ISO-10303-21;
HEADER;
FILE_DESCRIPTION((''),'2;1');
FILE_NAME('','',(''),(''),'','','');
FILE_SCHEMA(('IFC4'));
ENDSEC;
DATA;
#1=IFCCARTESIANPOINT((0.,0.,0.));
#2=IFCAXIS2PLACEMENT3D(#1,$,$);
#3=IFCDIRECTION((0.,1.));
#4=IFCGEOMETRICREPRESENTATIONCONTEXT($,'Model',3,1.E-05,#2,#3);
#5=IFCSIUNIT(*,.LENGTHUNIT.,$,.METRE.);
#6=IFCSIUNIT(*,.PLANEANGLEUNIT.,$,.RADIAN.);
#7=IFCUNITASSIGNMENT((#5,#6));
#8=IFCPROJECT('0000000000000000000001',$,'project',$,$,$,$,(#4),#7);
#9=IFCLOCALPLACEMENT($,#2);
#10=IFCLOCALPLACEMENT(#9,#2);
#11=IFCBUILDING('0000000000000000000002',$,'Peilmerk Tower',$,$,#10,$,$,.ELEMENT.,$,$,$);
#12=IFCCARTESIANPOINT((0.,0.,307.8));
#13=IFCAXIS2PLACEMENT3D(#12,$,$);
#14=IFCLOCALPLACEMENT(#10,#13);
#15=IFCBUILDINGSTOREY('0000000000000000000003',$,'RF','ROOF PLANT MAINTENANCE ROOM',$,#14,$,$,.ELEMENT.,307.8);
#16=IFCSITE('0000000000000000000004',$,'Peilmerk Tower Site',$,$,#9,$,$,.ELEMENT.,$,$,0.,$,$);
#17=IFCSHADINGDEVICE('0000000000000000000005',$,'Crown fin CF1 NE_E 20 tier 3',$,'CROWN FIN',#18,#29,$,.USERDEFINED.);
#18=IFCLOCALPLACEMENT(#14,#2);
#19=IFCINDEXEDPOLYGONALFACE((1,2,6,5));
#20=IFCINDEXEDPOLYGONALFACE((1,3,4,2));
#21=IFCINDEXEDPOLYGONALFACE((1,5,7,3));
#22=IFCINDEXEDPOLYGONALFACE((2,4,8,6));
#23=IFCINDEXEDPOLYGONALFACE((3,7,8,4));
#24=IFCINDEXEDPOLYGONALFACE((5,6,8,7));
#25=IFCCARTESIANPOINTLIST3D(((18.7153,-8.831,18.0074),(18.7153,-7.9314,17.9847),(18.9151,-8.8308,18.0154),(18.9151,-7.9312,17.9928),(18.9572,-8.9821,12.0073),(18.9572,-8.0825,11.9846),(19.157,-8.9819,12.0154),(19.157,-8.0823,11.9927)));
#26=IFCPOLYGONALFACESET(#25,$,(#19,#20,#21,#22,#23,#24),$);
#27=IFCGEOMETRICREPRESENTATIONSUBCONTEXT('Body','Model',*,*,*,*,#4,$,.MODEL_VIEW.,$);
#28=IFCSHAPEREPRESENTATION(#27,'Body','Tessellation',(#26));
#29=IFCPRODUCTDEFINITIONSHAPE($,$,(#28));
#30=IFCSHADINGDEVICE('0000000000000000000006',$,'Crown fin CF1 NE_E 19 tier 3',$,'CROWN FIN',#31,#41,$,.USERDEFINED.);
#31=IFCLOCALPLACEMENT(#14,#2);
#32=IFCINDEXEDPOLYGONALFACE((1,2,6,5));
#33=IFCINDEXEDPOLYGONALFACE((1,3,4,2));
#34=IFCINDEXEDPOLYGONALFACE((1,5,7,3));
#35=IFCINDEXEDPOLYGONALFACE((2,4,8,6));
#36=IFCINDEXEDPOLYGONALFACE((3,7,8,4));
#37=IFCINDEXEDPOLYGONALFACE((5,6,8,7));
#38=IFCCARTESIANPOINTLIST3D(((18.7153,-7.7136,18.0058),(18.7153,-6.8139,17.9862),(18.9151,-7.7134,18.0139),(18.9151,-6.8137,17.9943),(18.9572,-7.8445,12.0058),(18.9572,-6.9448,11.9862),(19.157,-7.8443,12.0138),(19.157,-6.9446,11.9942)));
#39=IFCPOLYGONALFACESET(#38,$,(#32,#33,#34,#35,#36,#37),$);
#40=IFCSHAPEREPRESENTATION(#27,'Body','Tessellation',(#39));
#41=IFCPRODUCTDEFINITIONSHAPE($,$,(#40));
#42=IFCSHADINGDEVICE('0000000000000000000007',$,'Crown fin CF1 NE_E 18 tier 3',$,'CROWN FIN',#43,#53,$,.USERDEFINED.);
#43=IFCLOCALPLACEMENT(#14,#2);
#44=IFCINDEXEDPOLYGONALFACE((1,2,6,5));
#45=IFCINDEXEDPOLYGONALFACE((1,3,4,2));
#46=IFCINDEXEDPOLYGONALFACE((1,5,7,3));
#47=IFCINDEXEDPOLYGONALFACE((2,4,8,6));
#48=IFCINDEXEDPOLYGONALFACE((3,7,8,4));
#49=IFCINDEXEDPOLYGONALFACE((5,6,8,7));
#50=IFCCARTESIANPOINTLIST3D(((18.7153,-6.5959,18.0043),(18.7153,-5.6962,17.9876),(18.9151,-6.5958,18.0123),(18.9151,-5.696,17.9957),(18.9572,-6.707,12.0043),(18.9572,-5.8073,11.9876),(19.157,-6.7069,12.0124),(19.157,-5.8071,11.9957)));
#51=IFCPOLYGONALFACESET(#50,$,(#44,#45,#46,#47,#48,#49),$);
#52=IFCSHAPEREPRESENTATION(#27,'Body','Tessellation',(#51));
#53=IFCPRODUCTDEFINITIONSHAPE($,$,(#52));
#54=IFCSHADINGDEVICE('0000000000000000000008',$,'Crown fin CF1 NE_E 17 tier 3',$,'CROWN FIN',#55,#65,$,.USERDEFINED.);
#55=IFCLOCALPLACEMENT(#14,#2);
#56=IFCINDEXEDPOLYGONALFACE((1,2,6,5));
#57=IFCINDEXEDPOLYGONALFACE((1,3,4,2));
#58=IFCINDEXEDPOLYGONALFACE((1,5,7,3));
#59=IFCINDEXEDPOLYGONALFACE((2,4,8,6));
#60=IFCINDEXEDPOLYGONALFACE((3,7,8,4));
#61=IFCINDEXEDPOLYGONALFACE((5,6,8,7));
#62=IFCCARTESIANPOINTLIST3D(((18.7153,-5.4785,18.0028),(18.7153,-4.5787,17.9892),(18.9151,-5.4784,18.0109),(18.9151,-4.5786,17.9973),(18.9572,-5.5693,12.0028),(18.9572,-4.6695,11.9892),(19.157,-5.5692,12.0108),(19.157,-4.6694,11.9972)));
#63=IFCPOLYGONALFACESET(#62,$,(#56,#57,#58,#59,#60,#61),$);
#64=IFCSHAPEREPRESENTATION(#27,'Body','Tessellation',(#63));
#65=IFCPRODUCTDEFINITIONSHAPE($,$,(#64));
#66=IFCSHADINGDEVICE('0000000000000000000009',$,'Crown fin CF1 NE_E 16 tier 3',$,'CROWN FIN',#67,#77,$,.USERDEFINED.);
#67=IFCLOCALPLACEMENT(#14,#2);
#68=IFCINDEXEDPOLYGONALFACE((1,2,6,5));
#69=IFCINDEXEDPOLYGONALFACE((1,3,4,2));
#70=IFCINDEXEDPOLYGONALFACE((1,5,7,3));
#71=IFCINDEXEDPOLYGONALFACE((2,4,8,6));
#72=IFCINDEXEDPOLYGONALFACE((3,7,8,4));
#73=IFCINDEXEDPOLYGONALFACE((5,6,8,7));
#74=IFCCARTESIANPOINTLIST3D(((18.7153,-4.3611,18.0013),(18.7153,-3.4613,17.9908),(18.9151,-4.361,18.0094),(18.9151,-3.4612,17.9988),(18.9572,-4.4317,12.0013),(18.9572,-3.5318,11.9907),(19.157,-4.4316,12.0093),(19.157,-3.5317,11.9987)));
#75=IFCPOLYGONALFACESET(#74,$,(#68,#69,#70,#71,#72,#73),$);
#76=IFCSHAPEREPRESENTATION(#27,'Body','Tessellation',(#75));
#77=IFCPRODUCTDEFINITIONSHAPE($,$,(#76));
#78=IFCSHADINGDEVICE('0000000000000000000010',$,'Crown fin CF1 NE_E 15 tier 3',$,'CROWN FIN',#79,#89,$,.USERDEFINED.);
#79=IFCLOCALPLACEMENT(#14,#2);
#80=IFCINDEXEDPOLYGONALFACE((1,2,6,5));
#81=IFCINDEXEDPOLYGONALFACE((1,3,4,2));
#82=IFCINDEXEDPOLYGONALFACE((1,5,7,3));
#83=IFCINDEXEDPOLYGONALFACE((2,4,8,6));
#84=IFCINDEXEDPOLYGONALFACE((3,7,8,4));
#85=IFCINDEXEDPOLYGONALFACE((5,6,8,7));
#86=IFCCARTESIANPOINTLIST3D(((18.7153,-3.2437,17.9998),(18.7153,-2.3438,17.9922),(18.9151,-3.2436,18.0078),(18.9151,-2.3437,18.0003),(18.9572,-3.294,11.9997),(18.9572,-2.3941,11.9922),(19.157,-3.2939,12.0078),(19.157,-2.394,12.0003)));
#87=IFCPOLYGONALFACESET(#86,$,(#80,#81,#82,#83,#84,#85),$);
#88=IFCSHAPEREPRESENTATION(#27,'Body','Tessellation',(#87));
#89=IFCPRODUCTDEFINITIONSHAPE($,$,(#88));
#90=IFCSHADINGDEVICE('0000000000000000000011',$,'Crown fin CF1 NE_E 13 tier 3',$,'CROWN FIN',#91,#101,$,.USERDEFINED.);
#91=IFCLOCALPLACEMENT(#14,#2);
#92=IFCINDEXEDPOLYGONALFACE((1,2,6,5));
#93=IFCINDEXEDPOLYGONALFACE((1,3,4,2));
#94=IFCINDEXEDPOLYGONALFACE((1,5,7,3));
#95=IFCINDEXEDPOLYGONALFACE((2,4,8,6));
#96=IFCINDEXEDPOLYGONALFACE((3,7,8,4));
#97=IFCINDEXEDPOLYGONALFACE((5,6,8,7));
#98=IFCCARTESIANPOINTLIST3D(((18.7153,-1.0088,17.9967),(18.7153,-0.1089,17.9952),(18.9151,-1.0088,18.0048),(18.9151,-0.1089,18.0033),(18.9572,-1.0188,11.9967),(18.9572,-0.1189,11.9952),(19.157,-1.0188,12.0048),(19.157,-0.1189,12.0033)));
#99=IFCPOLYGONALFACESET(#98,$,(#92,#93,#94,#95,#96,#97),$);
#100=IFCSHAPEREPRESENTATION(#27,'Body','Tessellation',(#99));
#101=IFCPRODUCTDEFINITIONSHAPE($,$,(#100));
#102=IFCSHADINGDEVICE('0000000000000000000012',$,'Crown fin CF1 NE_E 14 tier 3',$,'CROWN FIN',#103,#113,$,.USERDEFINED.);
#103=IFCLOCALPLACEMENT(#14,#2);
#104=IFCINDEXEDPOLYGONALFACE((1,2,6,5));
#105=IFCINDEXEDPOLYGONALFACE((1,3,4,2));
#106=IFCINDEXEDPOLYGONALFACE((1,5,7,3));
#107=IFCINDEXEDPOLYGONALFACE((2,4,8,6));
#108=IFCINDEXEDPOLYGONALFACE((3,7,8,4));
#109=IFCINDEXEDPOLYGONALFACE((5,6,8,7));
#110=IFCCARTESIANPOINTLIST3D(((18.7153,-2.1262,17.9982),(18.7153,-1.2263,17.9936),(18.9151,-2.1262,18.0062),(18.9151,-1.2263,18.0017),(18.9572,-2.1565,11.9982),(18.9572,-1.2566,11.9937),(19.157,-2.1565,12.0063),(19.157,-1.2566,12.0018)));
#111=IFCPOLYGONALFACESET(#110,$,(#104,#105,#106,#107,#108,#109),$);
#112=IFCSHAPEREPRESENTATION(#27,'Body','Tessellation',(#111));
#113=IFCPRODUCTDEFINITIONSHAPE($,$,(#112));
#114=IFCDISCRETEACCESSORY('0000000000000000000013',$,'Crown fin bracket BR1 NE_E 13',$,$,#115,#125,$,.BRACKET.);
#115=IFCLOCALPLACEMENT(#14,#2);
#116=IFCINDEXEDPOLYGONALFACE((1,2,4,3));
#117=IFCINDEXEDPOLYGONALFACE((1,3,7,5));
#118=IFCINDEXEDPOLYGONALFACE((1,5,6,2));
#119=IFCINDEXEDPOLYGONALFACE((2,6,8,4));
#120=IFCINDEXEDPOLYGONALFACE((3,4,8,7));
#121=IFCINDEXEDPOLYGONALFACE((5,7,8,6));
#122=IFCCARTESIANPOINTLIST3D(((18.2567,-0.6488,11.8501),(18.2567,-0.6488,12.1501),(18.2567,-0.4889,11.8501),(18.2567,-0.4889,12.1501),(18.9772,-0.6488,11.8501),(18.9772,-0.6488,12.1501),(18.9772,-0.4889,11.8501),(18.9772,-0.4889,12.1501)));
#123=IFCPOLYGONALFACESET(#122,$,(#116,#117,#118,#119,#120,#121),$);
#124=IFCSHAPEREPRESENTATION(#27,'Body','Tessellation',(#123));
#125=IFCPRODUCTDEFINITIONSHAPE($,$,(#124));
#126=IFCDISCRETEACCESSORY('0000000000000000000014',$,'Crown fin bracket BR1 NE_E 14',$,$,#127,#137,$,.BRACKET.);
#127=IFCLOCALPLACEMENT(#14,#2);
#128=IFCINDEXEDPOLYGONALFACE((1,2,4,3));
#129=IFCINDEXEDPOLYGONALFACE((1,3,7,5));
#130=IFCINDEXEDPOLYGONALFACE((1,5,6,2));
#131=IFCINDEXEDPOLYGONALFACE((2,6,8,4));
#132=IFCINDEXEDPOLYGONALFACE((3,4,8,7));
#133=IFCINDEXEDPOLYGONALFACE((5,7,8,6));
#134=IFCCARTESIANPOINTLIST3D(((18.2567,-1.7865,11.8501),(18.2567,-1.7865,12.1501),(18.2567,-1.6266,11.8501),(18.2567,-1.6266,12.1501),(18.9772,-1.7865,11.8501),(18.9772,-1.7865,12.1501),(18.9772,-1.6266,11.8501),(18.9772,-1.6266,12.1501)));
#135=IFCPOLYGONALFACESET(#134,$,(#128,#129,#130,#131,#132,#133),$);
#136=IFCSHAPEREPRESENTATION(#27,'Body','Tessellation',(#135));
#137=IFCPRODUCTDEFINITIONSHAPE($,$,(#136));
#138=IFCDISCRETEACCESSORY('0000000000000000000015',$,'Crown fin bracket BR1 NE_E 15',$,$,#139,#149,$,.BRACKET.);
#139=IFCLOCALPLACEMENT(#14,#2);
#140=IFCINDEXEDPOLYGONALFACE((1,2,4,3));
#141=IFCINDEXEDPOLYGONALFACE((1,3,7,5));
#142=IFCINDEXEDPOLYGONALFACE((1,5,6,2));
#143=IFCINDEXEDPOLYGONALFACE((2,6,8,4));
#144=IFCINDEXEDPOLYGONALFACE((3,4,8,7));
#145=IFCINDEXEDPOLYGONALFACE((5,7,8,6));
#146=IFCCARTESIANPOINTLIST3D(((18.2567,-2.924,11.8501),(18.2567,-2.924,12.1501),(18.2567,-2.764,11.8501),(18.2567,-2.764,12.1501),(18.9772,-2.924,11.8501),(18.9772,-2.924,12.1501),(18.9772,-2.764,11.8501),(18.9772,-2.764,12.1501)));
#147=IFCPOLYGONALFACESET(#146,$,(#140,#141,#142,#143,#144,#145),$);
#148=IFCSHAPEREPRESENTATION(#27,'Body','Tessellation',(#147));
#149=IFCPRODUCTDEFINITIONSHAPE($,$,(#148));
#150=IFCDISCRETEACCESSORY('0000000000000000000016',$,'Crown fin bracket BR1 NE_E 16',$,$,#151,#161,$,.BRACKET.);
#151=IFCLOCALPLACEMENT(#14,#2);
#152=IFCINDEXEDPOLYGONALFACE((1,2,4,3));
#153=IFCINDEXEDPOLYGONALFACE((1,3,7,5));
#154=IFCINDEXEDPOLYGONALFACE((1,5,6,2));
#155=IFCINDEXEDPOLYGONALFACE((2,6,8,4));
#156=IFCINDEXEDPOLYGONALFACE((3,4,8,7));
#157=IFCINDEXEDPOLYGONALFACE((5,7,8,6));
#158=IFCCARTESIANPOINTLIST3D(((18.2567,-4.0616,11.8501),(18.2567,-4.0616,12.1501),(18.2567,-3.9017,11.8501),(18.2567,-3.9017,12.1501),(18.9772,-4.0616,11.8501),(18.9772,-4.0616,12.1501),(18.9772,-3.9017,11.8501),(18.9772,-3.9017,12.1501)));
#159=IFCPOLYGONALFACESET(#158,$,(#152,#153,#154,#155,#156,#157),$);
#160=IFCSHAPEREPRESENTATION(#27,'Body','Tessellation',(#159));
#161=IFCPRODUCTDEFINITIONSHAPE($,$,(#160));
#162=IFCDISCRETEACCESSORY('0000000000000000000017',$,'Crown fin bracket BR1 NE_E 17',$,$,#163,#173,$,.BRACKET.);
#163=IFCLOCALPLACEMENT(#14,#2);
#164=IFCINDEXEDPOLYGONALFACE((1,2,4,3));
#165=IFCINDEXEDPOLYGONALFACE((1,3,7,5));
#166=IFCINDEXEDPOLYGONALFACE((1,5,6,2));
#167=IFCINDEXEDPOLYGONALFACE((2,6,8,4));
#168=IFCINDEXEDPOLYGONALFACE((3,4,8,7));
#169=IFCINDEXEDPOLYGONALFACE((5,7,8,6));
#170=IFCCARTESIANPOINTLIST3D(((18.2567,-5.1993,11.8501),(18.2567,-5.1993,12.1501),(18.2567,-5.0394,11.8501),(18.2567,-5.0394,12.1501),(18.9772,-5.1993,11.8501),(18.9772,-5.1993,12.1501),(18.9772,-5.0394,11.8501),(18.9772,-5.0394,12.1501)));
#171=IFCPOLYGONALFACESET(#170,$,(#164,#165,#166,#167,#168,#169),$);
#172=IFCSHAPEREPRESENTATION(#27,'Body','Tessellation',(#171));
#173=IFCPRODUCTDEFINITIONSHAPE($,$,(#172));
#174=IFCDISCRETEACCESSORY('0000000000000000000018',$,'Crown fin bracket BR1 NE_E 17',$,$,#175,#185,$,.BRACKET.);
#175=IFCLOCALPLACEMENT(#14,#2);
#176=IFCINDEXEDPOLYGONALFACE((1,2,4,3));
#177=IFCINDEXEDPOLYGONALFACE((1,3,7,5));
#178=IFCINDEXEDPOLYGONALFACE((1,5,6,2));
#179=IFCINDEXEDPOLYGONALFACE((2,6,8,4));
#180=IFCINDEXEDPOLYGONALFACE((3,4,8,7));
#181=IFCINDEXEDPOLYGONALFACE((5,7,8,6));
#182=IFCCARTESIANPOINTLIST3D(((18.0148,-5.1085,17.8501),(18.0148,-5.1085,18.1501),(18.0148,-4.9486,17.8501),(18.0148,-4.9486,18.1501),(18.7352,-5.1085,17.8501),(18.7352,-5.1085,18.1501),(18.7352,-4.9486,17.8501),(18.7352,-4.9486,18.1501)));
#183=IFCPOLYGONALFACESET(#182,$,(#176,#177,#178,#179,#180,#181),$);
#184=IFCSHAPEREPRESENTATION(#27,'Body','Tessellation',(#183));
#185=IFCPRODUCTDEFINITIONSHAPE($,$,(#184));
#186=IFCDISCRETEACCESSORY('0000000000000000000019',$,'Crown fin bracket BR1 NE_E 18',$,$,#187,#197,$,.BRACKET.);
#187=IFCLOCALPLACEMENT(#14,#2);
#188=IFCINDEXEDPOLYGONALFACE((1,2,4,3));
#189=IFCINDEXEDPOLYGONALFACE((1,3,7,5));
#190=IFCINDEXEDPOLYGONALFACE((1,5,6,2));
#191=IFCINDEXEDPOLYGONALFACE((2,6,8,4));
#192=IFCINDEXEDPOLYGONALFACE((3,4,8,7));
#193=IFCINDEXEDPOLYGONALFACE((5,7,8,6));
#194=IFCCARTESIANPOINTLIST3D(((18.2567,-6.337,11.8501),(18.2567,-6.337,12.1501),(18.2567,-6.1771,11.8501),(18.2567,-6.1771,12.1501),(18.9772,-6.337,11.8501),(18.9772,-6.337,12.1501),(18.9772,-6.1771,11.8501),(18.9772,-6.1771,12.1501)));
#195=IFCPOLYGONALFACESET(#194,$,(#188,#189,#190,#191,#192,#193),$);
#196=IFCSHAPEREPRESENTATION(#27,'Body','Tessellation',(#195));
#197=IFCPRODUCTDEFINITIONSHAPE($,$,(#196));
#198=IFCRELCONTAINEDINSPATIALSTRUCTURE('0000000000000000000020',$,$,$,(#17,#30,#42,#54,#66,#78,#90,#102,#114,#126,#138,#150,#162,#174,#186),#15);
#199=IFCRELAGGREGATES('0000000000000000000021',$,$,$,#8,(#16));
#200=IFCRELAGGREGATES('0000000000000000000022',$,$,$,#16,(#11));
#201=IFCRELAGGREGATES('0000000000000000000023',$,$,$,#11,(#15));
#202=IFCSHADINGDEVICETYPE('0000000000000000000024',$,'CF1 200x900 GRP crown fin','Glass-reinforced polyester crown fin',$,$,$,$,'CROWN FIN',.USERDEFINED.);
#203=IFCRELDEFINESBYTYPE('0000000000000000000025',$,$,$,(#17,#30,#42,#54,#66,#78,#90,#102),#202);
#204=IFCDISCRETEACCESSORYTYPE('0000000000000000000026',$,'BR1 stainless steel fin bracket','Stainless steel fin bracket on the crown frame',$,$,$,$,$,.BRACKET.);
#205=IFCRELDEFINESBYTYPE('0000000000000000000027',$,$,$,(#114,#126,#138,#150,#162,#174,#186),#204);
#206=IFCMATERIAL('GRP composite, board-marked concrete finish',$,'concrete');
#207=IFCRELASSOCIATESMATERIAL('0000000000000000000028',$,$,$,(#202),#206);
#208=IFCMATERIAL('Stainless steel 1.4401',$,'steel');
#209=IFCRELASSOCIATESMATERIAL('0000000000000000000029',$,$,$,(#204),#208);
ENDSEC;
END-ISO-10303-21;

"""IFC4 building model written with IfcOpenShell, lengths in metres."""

from ifc_helpers import new_model, si_unit, direction, frame, origin, origin_2d, place, context, subcontext, project, spatial, rectangle, extrude, source, transform, mapped, material, material_profile, profile_set, type_object, element, save


model = new_model("IFC4")

# Units and contexts
model_context = context("Model", 3, precision=1e-05, world=origin(), true_north=direction((0.0, 1.0)))
body_context = subcontext(model_context, "Body", "Model", "MODEL_VIEW")
ifc_project = project(units=[si_unit("LENGTHUNIT", "METRE"), si_unit("PLANEANGLEUNIT", "RADIAN")], contexts=[model_context])

# Site, building, storey
site_placement = place(None, origin())
site = spatial("IfcSite", under=ifc_project, at=site_placement, Name="Peilmerk Tower Site", CompositionType="ELEMENT", RefElevation=0.0)
building_placement = place(site_placement, origin())
building = spatial("IfcBuilding", under=site, at=building_placement, Name="Peilmerk Tower", CompositionType="ELEMENT")
storey_placement = place(building_placement, frame((0.0, 0.0, 307.8)))
storey = spatial("IfcBuildingStorey", under=building, at=storey_placement, Name="RF", Description="ROOF PLANT MAINTENANCE ROOM", CompositionType="ELEMENT", Elevation=307.8)

# Shading devices
ifc_material_1 = material(Name="GRP composite, board-marked concrete finish", Category="concrete")
ifc_material_profile = material_profile(ifc_material_1, rectangle(XDim=0.2, YDim=0.8999, at=origin_2d()), Name="CF1 200x900")
ifc_profile_set = profile_set([ifc_material_profile], Name="GRP composite, board-marked concrete finish")
shading_device_type = type_object("IfcShadingDeviceType", Name="CF1 200x900 GRP crown fin", Description="Glass-reinforced polyester crown fin", ElementType="CROWN FIN", PredefinedType="USERDEFINED", material=ifc_profile_set)
shared_shape_1 = source(origin(), body_context, "Body", "SweptSolid", [
    extrude(rectangle(XDim=0.2, YDim=0.8999, at=origin_2d()), origin(), (0.0, 0.0, 1.0), 6.0068),
])
shading_device_1_placement = place(storey_placement, frame((19.0571, -8.5322, 12.0), z_axis=(-0.040278, 0.025159, 0.998872), x_axis=(0.999188, 0.001014, 0.040266)))
element("IfcShadingDevice", 1, at=shading_device_1_placement, inside=storey, type_object=shading_device_type, Name="Crown fin CF1 NE_E 20 tier 3", ObjectType="CROWN FIN", PredefinedType="USERDEFINED", context=body_context, shape_type="MappedRepresentation", body=[
    mapped(shared_shape_1, transform((0.0, 0.0, 0.0), scale=1.0)),
])
shared_shape_2 = source(origin(), body_context, "Body", "SweptSolid", [
    extrude(rectangle(XDim=0.2, YDim=0.8999, at=origin_2d()), origin(), (0.0, 0.0, 1.0), 6.0063),
])
shading_device_2_placement = place(storey_placement, frame((19.0571, -7.3945, 12.0), z_axis=(-0.040282, 0.021787, 0.998951), x_axis=(0.999188, 0.000878, 0.040272)))
element("IfcShadingDevice", 2, at=shading_device_2_placement, inside=storey, type_object=shading_device_type, Name="Crown fin CF1 NE_E 19 tier 3", ObjectType="CROWN FIN", PredefinedType="USERDEFINED", context=body_context, shape_type="MappedRepresentation", body=[
    mapped(shared_shape_2, transform((0.0, 0.0, 0.0), scale=1.0)),
])
shared_shape_3 = source(origin(), body_context, "Body", "SweptSolid", [
    extrude(rectangle(XDim=0.2, YDim=0.8999, at=origin_2d()), origin(), (0.0, 0.0, 1.0), 6.0059),
])
shading_device_3_placement = place(storey_placement, frame((19.0571, -6.2571, 12.0), z_axis=(-0.040284, 0.018496, 0.999017), x_axis=(0.999188, 0.000746, 0.040277)))
element("IfcShadingDevice", 3, at=shading_device_3_placement, inside=storey, type_object=shading_device_type, Name="Crown fin CF1 NE_E 18 tier 3", ObjectType="CROWN FIN", PredefinedType="USERDEFINED", context=body_context, shape_type="MappedRepresentation", body=[
    mapped(shared_shape_3, transform((0.0, 0.0, 0.0), scale=1.0)),
])
shared_shape_4 = source(origin(), body_context, "Body", "SweptSolid", [
    extrude(rectangle(XDim=0.2, YDim=0.8999, at=origin_2d()), origin(), (0.0, 0.0, 1.0), 6.0056),
])
shading_device_4_placement = place(storey_placement, frame((19.0571, -5.1194, 12.0), z_axis=(-0.040287, 0.015123, 0.999074), x_axis=(0.999188, 0.00061, 0.040282)))
element("IfcShadingDevice", 4, at=shading_device_4_placement, inside=storey, type_object=shading_device_type, Name="Crown fin CF1 NE_E 17 tier 3", ObjectType="CROWN FIN", PredefinedType="USERDEFINED", context=body_context, shape_type="MappedRepresentation", body=[
    mapped(shared_shape_4, transform((0.0, 0.0, 0.0), scale=1.0)),
])
shared_shape_5 = source(origin(), body_context, "Body", "SweptSolid", [
    extrude(rectangle(XDim=0.2, YDim=0.8999, at=origin_2d()), origin(), (0.0, 0.0, 1.0), 6.0054),
])
shading_device_5_placement = place(storey_placement, frame((19.0571, -3.9817, 12.0), z_axis=(-0.040288, 0.011749, 0.999119), x_axis=(0.999188, 0.000474, 0.040286)))
element("IfcShadingDevice", 5, at=shading_device_5_placement, inside=storey, type_object=shading_device_type, Name="Crown fin CF1 NE_E 16 tier 3", ObjectType="CROWN FIN", PredefinedType="USERDEFINED", context=body_context, shape_type="MappedRepresentation", body=[
    mapped(shared_shape_5, transform((0.0, 0.0, 0.0), scale=1.0)),
])
shared_shape_6 = source(origin(), body_context, "Body", "SweptSolid", [
    extrude(rectangle(XDim=0.2, YDim=0.8999, at=origin_2d()), origin(), (0.0, 0.0, 1.0), 6.0051),
])
shading_device_6_placement = place(storey_placement, frame((19.0571, -2.844, 12.0), z_axis=(-0.04029, 0.008375, 0.999153), x_axis=(0.999188, 0.000338, 0.040288)))
element("IfcShadingDevice", 6, at=shading_device_6_placement, inside=storey, type_object=shading_device_type, Name="Crown fin CF1 NE_E 15 tier 3", ObjectType="CROWN FIN", PredefinedType="USERDEFINED", context=body_context, shape_type="MappedRepresentation", body=[
    mapped(shared_shape_6, transform((0.0, 0.0, 0.0), scale=1.0)),
])
shared_shape_7 = source(origin(), body_context, "Body", "SweptSolid", [
    extrude(rectangle(XDim=0.2, YDim=0.8999, at=origin_2d()), origin(), (0.0, 0.0, 1.0), 6.0049),
])
for number, where, z_axis, x_axis, name in (
    (7, (19.0571, -0.5688, 12.0), (-0.040291, 0.001667, 0.999187), (0.999188, 0.000067, 0.040291), "Crown fin CF1 NE_E 13 tier 3"),
    (8, (19.0571, -1.7065, 12.0), (-0.040291, 0.005041, 0.999175), (0.999188, 0.000203, 0.04029), "Crown fin CF1 NE_E 14 tier 3"),
):
    element("IfcShadingDevice", number, at=place(storey_placement, frame(where, z_axis=z_axis, x_axis=x_axis)), inside=storey, type_object=shading_device_type, Name=name, ObjectType="CROWN FIN", PredefinedType="USERDEFINED", context=body_context, shape_type="MappedRepresentation", body=[
        mapped(shared_shape_7, transform((0.0, 0.0, 0.0), scale=1.0)),
    ])

# Discrete accessories
ifc_material_2 = material(Name="Stainless steel 1.4401", Category="steel")
discrete_accessory_type = type_object("IfcDiscreteAccessoryType", Name="BR1 stainless steel fin bracket", Description="Stainless steel fin bracket on the crown frame", PredefinedType="BRACKET", material=ifc_material_2)
shared_shape_8 = source(origin(), body_context, "Body", "SweptSolid", [
    extrude(rectangle(XDim=0.7205, YDim=0.1599, at=origin_2d()), origin(), (0.0, 0.0, 1.0), 0.3),
])
for number, where, z_axis, x_axis, name in (
    (9, (18.6169, -0.5688, 11.8501), (0.0, 0.0, 1.0), (1.0, 0.0, 0.0), "Crown fin bracket BR1 NE_E 13"),
    (10, (18.6169, -1.7065, 11.8501), (0.0, 0.0, 1.0), (1.0, 0.0, 0.0), "Crown fin bracket BR1 NE_E 14"),
    (11, (18.6169, -2.844, 11.8501), (0.0, 0.0, 1.0), (1.0, 0.0, 0.0), "Crown fin bracket BR1 NE_E 15"),
    (12, (18.6169, -3.9817, 11.8501), (0.0, 0.0, 1.0), (1.0, 0.0, 0.0), "Crown fin bracket BR1 NE_E 16"),
    (13, (18.6169, -5.1194, 11.8501), (0.0, 0.0, 1.0), (1.0, 0.0, 0.0), "Crown fin bracket BR1 NE_E 17"),
    (14, (18.375, -5.0286, 17.8501), (0.0, 0.0, 1.0), (1.0, 0.0, 0.0), "Crown fin bracket BR1 NE_E 17"),
    (15, (18.6169, -6.2571, 11.8501), (0.0, 0.0, 1.0), (1.0, 0.0, 0.0), "Crown fin bracket BR1 NE_E 18"),
):
    element("IfcDiscreteAccessory", number, at=place(storey_placement, frame(where, z_axis=z_axis, x_axis=x_axis)), inside=storey, type_object=discrete_accessory_type, Name=name, PredefinedType="BRACKET", context=body_context, shape_type="MappedRepresentation", body=[
        mapped(shared_shape_8, transform((0.0, 0.0, 0.0), scale=1.0)),
    ])

save(model, "model.ifc")
